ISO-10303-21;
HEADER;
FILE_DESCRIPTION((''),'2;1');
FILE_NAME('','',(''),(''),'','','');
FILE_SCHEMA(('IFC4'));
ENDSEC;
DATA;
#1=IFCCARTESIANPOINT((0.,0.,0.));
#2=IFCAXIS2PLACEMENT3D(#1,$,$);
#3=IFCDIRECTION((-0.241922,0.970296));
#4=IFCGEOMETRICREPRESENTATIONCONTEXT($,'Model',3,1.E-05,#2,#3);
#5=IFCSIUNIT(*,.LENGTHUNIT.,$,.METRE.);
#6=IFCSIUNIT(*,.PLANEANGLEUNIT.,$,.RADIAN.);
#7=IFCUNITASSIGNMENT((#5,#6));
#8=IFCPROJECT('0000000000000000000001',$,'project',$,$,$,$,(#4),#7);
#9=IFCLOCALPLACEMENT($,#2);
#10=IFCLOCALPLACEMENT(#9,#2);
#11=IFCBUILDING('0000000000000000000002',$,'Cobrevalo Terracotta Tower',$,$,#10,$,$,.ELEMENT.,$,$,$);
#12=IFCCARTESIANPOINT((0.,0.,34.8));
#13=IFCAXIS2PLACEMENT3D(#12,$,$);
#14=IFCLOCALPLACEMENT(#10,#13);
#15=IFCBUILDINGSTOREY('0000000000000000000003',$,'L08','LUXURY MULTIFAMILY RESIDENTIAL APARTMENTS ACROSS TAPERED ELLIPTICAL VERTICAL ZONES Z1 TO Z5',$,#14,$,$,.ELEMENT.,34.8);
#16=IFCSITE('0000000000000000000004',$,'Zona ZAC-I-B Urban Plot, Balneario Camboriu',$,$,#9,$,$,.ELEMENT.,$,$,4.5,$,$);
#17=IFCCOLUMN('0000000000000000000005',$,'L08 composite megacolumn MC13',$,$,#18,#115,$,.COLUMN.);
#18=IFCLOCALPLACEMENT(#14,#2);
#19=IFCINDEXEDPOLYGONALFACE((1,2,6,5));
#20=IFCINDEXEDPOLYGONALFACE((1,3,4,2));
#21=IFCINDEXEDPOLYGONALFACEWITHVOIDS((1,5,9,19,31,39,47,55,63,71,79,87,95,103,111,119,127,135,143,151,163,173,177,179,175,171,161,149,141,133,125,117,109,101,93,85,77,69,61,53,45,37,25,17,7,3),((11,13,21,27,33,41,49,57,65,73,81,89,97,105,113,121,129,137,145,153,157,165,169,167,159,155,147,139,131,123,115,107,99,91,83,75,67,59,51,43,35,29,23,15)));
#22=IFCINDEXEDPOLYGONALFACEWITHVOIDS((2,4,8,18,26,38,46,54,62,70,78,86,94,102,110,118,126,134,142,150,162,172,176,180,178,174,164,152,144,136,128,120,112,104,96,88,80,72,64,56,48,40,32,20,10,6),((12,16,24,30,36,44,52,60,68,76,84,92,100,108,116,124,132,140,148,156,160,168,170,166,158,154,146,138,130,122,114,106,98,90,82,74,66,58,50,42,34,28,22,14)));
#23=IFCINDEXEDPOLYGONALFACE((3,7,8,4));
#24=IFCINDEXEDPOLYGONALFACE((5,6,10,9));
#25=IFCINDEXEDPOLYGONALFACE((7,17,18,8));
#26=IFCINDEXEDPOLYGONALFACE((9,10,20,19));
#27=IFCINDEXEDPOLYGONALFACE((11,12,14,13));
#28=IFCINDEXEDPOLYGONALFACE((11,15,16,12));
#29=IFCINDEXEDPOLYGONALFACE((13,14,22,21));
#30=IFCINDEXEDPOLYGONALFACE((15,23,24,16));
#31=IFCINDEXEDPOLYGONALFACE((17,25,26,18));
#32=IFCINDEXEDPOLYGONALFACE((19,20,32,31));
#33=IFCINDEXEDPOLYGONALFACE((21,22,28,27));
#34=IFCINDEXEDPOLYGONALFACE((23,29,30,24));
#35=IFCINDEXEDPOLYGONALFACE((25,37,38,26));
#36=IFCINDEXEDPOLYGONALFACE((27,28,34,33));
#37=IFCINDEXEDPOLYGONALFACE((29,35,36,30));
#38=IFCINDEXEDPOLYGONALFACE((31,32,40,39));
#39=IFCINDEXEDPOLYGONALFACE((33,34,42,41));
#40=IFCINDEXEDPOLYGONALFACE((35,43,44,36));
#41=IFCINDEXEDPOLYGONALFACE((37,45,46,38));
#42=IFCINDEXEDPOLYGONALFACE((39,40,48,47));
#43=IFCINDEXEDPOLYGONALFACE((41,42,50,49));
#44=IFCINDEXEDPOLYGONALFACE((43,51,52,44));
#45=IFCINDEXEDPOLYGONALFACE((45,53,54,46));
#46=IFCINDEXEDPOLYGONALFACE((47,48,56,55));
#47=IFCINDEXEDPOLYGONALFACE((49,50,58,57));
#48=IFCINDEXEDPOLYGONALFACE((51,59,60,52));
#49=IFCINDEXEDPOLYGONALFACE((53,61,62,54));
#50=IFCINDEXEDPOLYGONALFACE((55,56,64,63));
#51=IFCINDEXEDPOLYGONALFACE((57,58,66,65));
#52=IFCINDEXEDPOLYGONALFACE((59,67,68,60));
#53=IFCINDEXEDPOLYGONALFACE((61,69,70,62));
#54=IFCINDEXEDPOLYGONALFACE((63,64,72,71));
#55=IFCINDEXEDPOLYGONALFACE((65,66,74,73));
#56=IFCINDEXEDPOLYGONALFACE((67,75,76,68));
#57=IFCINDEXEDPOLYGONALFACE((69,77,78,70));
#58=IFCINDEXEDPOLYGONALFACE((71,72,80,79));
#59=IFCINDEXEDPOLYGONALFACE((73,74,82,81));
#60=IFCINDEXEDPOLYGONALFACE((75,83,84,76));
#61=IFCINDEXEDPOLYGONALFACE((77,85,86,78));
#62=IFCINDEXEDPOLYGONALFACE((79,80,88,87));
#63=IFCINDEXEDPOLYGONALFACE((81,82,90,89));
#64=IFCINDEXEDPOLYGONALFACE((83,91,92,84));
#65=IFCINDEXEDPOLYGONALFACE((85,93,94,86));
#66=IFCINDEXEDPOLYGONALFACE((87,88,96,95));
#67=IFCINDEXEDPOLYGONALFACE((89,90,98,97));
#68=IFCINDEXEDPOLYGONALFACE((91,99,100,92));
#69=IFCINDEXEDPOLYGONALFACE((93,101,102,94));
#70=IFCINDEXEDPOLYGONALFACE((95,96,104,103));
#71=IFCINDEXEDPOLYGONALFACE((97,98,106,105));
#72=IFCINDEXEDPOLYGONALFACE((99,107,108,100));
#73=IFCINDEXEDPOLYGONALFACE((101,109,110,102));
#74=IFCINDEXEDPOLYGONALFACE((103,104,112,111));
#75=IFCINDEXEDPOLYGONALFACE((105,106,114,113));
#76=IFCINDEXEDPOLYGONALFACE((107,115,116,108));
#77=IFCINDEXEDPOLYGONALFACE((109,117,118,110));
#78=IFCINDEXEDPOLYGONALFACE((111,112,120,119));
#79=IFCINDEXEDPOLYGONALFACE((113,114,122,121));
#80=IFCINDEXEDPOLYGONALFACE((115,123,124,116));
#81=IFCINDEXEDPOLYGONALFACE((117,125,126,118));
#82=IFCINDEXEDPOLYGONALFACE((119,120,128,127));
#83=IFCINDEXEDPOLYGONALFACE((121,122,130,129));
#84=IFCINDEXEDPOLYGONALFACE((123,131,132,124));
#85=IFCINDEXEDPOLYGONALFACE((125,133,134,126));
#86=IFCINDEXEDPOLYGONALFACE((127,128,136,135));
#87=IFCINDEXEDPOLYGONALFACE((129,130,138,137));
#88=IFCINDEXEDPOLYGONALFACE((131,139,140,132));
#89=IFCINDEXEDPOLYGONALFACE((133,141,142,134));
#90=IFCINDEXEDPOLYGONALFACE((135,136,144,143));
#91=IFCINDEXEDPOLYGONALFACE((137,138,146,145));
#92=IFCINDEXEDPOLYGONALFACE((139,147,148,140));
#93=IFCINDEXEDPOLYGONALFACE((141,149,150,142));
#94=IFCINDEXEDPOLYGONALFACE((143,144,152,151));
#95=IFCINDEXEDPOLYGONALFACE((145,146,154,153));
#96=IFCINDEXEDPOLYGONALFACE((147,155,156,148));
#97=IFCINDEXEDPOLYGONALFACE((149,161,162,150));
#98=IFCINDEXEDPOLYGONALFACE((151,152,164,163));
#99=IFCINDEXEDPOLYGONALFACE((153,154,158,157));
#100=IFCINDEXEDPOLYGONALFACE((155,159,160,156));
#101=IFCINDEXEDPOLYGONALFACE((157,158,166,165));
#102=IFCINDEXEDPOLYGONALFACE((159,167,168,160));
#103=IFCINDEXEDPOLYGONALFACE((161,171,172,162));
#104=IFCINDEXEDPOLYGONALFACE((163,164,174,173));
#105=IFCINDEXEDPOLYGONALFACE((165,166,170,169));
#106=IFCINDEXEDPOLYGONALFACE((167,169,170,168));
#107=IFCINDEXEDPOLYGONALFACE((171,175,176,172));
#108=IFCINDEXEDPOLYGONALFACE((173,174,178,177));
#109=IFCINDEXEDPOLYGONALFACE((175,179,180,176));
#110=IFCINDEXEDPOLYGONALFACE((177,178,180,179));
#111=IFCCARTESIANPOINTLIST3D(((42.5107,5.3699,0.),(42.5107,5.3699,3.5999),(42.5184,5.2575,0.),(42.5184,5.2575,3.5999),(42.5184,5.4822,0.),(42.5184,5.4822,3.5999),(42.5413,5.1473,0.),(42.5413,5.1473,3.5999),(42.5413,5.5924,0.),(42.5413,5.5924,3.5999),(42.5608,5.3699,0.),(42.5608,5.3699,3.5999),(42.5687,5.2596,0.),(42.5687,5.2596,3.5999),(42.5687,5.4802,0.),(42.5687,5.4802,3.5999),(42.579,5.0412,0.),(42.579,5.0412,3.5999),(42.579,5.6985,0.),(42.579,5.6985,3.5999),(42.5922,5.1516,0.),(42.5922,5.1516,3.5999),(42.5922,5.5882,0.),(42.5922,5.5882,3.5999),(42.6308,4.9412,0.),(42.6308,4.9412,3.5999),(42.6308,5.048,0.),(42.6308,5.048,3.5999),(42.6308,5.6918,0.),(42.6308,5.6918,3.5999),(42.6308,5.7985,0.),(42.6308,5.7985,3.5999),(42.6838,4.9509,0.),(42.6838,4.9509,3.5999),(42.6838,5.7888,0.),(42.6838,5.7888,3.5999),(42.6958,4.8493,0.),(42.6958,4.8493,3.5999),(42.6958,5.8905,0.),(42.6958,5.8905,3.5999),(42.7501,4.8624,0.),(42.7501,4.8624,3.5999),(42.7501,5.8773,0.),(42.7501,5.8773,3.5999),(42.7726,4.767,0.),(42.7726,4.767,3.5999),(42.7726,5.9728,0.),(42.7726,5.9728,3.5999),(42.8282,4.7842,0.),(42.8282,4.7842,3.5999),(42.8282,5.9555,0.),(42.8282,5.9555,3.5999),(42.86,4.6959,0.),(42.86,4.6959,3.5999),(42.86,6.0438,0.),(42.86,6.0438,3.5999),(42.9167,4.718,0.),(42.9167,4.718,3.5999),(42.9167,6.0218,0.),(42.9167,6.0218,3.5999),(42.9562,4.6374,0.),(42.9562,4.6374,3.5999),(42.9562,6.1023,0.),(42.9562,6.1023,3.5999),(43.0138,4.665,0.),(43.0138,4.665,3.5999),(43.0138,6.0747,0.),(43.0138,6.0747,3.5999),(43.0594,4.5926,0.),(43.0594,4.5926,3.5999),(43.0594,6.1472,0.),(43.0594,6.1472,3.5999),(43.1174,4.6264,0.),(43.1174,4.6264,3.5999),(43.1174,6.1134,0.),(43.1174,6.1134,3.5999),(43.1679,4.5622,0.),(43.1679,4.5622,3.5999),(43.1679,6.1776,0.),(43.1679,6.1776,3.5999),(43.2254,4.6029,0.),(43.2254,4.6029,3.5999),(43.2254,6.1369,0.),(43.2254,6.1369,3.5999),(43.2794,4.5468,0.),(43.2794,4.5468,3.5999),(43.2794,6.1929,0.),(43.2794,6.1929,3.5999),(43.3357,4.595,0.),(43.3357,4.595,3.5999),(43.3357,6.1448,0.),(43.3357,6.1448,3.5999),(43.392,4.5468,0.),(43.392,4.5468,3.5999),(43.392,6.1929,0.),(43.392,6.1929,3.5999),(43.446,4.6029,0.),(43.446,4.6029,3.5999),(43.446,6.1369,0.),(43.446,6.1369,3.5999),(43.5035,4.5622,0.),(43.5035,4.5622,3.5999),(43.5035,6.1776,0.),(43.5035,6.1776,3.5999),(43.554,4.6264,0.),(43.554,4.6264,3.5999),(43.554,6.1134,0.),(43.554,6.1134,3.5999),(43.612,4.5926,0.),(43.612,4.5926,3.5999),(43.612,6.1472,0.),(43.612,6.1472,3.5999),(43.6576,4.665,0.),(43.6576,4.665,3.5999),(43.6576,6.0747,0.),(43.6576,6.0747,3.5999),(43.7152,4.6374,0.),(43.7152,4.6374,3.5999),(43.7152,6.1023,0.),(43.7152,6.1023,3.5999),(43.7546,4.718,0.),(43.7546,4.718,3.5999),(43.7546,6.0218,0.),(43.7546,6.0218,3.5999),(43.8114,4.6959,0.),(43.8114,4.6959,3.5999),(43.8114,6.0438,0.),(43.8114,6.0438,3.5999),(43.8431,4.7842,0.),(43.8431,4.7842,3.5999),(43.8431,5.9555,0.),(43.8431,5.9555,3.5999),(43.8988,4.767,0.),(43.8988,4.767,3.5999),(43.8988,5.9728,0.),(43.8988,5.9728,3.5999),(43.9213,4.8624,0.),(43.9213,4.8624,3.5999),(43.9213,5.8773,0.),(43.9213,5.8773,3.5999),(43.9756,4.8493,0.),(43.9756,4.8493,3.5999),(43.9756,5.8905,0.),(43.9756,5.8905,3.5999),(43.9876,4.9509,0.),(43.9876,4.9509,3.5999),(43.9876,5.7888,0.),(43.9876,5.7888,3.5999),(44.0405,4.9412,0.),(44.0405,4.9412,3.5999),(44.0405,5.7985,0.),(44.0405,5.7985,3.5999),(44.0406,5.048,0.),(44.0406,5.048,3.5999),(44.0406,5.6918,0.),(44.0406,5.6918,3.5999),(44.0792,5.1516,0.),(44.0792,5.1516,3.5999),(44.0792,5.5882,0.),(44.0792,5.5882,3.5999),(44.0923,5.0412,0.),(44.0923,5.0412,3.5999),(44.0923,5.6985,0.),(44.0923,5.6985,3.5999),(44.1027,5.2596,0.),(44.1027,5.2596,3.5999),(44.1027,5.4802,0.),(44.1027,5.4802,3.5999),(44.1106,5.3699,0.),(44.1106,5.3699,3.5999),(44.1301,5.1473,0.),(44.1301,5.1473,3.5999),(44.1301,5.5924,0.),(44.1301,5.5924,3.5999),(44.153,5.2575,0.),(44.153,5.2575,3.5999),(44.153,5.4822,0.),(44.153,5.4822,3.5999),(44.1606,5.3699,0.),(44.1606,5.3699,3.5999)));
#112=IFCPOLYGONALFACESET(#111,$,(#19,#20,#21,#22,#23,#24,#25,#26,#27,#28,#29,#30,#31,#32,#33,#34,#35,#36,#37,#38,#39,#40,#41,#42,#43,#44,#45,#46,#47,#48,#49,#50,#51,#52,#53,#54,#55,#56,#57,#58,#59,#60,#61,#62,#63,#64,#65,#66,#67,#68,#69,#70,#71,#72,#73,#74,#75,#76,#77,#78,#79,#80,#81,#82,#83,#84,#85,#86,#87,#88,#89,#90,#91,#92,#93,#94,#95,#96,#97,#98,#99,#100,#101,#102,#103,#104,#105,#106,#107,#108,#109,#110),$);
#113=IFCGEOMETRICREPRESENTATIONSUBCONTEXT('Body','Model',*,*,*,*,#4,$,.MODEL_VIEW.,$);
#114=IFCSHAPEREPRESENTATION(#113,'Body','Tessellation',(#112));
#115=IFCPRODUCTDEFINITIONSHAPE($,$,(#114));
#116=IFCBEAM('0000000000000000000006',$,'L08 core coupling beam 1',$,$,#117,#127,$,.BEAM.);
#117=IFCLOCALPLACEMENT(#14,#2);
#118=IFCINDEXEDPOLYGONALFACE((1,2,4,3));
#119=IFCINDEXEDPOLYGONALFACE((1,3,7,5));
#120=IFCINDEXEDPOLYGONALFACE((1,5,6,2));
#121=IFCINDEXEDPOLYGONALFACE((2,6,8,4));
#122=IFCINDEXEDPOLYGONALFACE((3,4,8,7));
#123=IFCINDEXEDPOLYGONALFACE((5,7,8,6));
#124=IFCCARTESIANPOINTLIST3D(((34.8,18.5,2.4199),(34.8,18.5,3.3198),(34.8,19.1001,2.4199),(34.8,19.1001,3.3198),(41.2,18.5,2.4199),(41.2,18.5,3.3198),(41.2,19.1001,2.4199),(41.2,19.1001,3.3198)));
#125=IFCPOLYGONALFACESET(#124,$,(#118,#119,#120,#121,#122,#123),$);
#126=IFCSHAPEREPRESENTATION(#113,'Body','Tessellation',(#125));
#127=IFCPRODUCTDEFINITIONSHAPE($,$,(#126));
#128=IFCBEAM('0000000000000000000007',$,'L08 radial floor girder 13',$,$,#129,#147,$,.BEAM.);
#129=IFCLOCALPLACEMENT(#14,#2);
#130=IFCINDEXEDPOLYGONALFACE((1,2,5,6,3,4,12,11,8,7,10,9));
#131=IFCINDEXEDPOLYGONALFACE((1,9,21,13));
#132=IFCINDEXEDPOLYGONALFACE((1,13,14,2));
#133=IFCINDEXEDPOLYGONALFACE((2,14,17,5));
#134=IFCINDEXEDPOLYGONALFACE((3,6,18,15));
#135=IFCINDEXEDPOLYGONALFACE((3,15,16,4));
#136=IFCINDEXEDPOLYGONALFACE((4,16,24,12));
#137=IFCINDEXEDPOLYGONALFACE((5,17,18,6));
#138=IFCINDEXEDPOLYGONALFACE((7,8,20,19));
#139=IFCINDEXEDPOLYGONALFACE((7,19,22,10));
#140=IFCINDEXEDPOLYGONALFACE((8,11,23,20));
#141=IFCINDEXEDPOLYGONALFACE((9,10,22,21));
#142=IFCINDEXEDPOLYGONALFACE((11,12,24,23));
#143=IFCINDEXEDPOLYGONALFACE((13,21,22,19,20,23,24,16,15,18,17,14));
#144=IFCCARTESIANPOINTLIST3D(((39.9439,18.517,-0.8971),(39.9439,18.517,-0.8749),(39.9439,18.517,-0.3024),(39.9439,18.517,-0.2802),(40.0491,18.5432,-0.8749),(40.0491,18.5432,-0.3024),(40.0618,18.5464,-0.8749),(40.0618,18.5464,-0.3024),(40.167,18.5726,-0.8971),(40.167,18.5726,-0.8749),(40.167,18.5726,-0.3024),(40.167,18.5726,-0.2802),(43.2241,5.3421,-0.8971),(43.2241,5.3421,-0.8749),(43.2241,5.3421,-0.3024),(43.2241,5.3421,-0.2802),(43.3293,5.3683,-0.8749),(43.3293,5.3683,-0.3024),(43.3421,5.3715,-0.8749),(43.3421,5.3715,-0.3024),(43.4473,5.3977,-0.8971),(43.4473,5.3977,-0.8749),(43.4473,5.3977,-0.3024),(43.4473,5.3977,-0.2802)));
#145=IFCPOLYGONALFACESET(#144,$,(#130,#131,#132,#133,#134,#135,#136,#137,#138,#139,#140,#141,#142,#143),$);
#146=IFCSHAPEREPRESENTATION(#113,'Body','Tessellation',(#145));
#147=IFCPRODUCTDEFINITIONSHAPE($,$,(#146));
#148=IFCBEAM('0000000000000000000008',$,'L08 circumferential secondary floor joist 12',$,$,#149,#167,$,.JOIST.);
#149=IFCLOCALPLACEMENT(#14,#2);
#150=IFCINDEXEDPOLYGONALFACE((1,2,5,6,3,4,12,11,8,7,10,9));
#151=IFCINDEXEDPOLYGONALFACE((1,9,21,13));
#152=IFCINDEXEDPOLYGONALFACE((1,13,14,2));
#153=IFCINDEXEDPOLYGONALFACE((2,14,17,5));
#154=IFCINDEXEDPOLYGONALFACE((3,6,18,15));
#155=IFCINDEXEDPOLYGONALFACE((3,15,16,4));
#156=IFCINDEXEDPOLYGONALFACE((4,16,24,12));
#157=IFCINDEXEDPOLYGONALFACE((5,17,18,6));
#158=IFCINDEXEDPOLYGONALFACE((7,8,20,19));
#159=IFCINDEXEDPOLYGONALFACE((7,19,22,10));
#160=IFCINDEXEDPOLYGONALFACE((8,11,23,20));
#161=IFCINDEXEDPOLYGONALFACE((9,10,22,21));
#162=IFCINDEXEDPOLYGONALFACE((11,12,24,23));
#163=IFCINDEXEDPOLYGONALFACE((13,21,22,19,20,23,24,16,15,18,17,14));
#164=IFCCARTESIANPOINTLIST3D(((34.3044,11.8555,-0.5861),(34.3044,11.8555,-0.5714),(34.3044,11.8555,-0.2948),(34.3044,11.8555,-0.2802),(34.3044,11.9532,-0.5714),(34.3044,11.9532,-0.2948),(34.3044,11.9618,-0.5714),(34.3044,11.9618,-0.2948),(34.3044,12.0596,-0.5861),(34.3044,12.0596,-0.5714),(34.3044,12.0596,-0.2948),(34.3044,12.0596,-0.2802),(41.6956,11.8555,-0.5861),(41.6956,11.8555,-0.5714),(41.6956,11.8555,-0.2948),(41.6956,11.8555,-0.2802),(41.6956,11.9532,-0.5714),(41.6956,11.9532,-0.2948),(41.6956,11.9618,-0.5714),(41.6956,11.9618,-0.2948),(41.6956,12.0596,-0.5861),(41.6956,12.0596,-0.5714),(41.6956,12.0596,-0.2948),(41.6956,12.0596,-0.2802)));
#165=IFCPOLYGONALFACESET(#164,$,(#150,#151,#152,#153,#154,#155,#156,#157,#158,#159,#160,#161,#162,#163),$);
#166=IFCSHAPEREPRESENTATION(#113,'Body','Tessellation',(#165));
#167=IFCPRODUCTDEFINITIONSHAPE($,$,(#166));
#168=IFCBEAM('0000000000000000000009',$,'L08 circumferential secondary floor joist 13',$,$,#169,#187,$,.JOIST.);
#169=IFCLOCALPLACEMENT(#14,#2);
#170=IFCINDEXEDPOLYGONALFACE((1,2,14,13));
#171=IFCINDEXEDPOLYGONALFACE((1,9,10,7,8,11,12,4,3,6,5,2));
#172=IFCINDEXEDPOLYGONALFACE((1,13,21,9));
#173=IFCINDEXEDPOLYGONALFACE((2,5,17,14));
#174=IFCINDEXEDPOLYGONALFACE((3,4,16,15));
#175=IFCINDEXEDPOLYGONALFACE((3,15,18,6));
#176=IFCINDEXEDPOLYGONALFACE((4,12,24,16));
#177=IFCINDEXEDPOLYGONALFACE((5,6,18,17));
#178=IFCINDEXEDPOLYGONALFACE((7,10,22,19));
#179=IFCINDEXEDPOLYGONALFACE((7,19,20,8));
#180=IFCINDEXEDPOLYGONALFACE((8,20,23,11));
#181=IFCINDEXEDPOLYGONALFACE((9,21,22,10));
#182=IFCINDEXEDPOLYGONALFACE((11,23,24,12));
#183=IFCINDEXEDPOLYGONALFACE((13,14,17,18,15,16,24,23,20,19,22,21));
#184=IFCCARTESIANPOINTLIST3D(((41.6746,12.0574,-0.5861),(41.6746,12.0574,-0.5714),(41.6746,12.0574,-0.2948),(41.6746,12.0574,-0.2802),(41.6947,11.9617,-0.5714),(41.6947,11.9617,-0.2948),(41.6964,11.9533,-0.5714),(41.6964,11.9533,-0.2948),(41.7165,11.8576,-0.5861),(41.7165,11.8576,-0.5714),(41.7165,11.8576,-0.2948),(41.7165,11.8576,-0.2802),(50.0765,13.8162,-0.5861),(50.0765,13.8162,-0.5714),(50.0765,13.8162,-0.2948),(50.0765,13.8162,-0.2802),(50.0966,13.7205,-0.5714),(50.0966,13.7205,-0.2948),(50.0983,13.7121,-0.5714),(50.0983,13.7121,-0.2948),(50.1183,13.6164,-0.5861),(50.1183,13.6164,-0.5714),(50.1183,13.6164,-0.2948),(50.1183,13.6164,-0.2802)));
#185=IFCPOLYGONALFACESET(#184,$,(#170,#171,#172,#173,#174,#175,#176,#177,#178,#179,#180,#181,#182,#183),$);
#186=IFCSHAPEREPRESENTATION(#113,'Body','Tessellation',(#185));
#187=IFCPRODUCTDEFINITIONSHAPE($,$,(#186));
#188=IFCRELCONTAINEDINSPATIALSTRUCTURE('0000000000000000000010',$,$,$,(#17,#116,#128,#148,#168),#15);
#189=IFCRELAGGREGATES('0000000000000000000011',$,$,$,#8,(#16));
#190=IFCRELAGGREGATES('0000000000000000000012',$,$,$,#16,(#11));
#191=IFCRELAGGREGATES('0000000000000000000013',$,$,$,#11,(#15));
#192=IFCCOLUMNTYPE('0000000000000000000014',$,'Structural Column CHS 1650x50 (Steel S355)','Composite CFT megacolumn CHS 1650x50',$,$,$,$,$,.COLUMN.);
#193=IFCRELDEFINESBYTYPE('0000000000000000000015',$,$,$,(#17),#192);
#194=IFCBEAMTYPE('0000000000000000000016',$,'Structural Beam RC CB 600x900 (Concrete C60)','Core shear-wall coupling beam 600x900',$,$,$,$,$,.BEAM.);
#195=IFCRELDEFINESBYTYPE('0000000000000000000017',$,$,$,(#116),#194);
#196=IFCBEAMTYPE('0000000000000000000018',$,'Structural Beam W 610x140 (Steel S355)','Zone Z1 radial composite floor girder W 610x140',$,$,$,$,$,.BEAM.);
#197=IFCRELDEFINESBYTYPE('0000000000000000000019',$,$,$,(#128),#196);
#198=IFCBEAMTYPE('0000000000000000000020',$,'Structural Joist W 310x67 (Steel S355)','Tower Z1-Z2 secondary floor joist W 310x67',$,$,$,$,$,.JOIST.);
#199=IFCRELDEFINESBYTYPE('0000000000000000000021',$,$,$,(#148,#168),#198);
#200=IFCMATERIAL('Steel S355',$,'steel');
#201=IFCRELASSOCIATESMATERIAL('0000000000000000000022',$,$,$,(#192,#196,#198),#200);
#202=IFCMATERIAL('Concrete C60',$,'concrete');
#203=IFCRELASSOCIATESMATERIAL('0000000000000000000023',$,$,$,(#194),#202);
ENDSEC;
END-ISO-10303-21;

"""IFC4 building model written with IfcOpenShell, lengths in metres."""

from ifc_helpers import new_model, si_unit, direction, frame, origin, origin_2d, place, context, subcontext, project, spatial, rectangle, hollow_circle, i_section, extrude, material, material_profile, profile_set, type_object, element, save


model = new_model("IFC4")

# Units and contexts
model_context = context("Model", 3, precision=1e-05, world=origin(), true_north=direction((-0.241922, 0.970296)))
body_context = subcontext(model_context, "Body", "Model", "MODEL_VIEW")
ifc_project = project(units=[si_unit("LENGTHUNIT", "METRE"), si_unit("PLANEANGLEUNIT", "RADIAN")], contexts=[model_context])

# Site, building, storey
site_placement = place(None, origin())
site = spatial("IfcSite", under=ifc_project, at=site_placement, Name="Zona ZAC-I-B Urban Plot, Balneario Camboriu", CompositionType="ELEMENT", RefElevation=4.5)
building_placement = place(site_placement, origin())
building = spatial("IfcBuilding", under=site, at=building_placement, Name="Cobrevalo Terracotta Tower", CompositionType="ELEMENT")
storey_placement = place(building_placement, frame((0.0, 0.0, 34.8)))
storey = spatial("IfcBuildingStorey", under=building, at=storey_placement, Name="L08", Description="LUXURY MULTIFAMILY RESIDENTIAL APARTMENTS ACROSS TAPERED ELLIPTICAL VERTICAL ZONES Z1 TO Z5", CompositionType="ELEMENT", Elevation=34.8)

# Column
ifc_material_1 = material(Name="Steel S355", Category="steel")
ifc_material_profile_1 = material_profile(ifc_material_1, hollow_circle(Radius=0.825, WallThickness=0.05, at=origin_2d()), Name="CHS 1650x50")
ifc_profile_set_1 = profile_set([ifc_material_profile_1], Name="Steel S355")
column_type = type_object("IfcColumnType", Name="Structural Column CHS 1650x50 (Steel S355)", Description="Composite CFT megacolumn CHS 1650x50", PredefinedType="COLUMN", material=ifc_profile_set_1)
column_placement = place(storey_placement, frame((43.3357, 5.3699, 0.0), z_axis=(0.0, 0.0, 1.0), x_axis=(1.0, 0.0, 0.0)))
element("IfcColumn", 1, at=column_placement, inside=storey, type_object=column_type, Name="L08 composite megacolumn MC13", PredefinedType="COLUMN", context=body_context, shape_type="SweptSolid", body=[
    extrude(hollow_circle(Radius=0.825, WallThickness=0.05, at=origin_2d()), origin(), (0.0, 0.0, 1.0), 3.5999),
])

# Beams
ifc_material_2 = material(Name="Concrete C60", Category="concrete")
ifc_material_profile_2 = material_profile(ifc_material_2, rectangle(XDim=0.6001, YDim=0.8999, at=origin_2d()), Name="RC CB 600x900")
ifc_profile_set_2 = profile_set([ifc_material_profile_2], Name="Concrete C60")
beam_type_1 = type_object("IfcBeamType", Name="Structural Beam RC CB 600x900 (Concrete C60)", Description="Core shear-wall coupling beam 600x900", PredefinedType="BEAM", material=ifc_profile_set_2)
beam_1_placement = place(storey_placement, frame((34.8, 18.8, 2.8699), z_axis=(1.0, 0.0, 0.0), x_axis=(0.0, 1.0, 0.0)))
element("IfcBeam", 2, at=beam_1_placement, inside=storey, type_object=beam_type_1, Name="L08 core coupling beam 1", PredefinedType="BEAM", context=body_context, shape_type="SweptSolid", body=[
    extrude(rectangle(XDim=0.6001, YDim=0.8999, at=origin_2d()), origin(), (0.0, 0.0, 1.0), 6.3999),
])
ifc_material_profile_3 = material_profile(ifc_material_1, i_section(OverallWidth=0.23, OverallDepth=0.6169, WebThickness=0.0132, FlangeThickness=0.0222, at=origin_2d()), Name="W 610x140")
ifc_profile_set_3 = profile_set([ifc_material_profile_3], Name="Steel S355")
beam_type_2 = type_object("IfcBeamType", Name="Structural Beam W 610x140 (Steel S355)", Description="Zone Z1 radial composite floor girder W 610x140", PredefinedType="BEAM", material=ifc_profile_set_3)
beam_2_placement = place(storey_placement, frame((43.3357, 5.3699, -0.5886), z_axis=(-0.2416, 0.970376, 0.0), x_axis=(-0.970376, -0.2416, 0.0)))
element("IfcBeam", 3, at=beam_2_placement, inside=storey, type_object=beam_type_2, Name="L08 radial floor girder 13", PredefinedType="BEAM", context=body_context, shape_type="SweptSolid", body=[
    extrude(i_section(OverallWidth=0.23, OverallDepth=0.6169, WebThickness=0.0132, FlangeThickness=0.0222, at=origin_2d()), origin(), (0.0, 0.0, 1.0), 13.5771),
])
ifc_material_profile_4 = material_profile(ifc_material_1, i_section(OverallWidth=0.2041, OverallDepth=0.3059, WebThickness=0.0085, FlangeThickness=0.0146, at=origin_2d()), Name="W 310x67")
ifc_profile_set_4 = profile_set([ifc_material_profile_4], Name="Steel S355")
beam_type_3 = type_object("IfcBeamType", Name="Structural Joist W 310x67 (Steel S355)", Description="Tower Z1-Z2 secondary floor joist W 310x67", PredefinedType="JOIST", material=ifc_profile_set_4)
beam_3_placement = place(storey_placement, frame((34.3044, 11.9575, -0.4331), z_axis=(1.0, 0.0, 0.0), x_axis=(0.0, 1.0, 0.0)))
element("IfcBeam", 4, at=beam_3_placement, inside=storey, type_object=beam_type_3, Name="L08 circumferential secondary floor joist 12", PredefinedType="JOIST", context=body_context, shape_type="SweptSolid", body=[
    extrude(i_section(OverallWidth=0.2041, OverallDepth=0.3059, WebThickness=0.0085, FlangeThickness=0.0146, at=origin_2d()), origin(), (0.0, 0.0, 1.0), 7.3911),
])
beam_4_placement = place(storey_placement, frame((41.6956, 11.9575, -0.4331), z_axis=(0.978785, 0.204892, 0.0), x_axis=(-0.204892, 0.978785, 0.0)))
element("IfcBeam", 5, at=beam_4_placement, inside=storey, type_object=beam_type_3, Name="L08 circumferential secondary floor joist 13", PredefinedType="JOIST", context=body_context, shape_type="SweptSolid", body=[
    extrude(i_section(OverallWidth=0.2041, OverallDepth=0.3059, WebThickness=0.0085, FlangeThickness=0.0146, at=origin_2d()), origin(), (0.0, 0.0, 1.0), 8.584),
])

save(model, "model.ifc")
